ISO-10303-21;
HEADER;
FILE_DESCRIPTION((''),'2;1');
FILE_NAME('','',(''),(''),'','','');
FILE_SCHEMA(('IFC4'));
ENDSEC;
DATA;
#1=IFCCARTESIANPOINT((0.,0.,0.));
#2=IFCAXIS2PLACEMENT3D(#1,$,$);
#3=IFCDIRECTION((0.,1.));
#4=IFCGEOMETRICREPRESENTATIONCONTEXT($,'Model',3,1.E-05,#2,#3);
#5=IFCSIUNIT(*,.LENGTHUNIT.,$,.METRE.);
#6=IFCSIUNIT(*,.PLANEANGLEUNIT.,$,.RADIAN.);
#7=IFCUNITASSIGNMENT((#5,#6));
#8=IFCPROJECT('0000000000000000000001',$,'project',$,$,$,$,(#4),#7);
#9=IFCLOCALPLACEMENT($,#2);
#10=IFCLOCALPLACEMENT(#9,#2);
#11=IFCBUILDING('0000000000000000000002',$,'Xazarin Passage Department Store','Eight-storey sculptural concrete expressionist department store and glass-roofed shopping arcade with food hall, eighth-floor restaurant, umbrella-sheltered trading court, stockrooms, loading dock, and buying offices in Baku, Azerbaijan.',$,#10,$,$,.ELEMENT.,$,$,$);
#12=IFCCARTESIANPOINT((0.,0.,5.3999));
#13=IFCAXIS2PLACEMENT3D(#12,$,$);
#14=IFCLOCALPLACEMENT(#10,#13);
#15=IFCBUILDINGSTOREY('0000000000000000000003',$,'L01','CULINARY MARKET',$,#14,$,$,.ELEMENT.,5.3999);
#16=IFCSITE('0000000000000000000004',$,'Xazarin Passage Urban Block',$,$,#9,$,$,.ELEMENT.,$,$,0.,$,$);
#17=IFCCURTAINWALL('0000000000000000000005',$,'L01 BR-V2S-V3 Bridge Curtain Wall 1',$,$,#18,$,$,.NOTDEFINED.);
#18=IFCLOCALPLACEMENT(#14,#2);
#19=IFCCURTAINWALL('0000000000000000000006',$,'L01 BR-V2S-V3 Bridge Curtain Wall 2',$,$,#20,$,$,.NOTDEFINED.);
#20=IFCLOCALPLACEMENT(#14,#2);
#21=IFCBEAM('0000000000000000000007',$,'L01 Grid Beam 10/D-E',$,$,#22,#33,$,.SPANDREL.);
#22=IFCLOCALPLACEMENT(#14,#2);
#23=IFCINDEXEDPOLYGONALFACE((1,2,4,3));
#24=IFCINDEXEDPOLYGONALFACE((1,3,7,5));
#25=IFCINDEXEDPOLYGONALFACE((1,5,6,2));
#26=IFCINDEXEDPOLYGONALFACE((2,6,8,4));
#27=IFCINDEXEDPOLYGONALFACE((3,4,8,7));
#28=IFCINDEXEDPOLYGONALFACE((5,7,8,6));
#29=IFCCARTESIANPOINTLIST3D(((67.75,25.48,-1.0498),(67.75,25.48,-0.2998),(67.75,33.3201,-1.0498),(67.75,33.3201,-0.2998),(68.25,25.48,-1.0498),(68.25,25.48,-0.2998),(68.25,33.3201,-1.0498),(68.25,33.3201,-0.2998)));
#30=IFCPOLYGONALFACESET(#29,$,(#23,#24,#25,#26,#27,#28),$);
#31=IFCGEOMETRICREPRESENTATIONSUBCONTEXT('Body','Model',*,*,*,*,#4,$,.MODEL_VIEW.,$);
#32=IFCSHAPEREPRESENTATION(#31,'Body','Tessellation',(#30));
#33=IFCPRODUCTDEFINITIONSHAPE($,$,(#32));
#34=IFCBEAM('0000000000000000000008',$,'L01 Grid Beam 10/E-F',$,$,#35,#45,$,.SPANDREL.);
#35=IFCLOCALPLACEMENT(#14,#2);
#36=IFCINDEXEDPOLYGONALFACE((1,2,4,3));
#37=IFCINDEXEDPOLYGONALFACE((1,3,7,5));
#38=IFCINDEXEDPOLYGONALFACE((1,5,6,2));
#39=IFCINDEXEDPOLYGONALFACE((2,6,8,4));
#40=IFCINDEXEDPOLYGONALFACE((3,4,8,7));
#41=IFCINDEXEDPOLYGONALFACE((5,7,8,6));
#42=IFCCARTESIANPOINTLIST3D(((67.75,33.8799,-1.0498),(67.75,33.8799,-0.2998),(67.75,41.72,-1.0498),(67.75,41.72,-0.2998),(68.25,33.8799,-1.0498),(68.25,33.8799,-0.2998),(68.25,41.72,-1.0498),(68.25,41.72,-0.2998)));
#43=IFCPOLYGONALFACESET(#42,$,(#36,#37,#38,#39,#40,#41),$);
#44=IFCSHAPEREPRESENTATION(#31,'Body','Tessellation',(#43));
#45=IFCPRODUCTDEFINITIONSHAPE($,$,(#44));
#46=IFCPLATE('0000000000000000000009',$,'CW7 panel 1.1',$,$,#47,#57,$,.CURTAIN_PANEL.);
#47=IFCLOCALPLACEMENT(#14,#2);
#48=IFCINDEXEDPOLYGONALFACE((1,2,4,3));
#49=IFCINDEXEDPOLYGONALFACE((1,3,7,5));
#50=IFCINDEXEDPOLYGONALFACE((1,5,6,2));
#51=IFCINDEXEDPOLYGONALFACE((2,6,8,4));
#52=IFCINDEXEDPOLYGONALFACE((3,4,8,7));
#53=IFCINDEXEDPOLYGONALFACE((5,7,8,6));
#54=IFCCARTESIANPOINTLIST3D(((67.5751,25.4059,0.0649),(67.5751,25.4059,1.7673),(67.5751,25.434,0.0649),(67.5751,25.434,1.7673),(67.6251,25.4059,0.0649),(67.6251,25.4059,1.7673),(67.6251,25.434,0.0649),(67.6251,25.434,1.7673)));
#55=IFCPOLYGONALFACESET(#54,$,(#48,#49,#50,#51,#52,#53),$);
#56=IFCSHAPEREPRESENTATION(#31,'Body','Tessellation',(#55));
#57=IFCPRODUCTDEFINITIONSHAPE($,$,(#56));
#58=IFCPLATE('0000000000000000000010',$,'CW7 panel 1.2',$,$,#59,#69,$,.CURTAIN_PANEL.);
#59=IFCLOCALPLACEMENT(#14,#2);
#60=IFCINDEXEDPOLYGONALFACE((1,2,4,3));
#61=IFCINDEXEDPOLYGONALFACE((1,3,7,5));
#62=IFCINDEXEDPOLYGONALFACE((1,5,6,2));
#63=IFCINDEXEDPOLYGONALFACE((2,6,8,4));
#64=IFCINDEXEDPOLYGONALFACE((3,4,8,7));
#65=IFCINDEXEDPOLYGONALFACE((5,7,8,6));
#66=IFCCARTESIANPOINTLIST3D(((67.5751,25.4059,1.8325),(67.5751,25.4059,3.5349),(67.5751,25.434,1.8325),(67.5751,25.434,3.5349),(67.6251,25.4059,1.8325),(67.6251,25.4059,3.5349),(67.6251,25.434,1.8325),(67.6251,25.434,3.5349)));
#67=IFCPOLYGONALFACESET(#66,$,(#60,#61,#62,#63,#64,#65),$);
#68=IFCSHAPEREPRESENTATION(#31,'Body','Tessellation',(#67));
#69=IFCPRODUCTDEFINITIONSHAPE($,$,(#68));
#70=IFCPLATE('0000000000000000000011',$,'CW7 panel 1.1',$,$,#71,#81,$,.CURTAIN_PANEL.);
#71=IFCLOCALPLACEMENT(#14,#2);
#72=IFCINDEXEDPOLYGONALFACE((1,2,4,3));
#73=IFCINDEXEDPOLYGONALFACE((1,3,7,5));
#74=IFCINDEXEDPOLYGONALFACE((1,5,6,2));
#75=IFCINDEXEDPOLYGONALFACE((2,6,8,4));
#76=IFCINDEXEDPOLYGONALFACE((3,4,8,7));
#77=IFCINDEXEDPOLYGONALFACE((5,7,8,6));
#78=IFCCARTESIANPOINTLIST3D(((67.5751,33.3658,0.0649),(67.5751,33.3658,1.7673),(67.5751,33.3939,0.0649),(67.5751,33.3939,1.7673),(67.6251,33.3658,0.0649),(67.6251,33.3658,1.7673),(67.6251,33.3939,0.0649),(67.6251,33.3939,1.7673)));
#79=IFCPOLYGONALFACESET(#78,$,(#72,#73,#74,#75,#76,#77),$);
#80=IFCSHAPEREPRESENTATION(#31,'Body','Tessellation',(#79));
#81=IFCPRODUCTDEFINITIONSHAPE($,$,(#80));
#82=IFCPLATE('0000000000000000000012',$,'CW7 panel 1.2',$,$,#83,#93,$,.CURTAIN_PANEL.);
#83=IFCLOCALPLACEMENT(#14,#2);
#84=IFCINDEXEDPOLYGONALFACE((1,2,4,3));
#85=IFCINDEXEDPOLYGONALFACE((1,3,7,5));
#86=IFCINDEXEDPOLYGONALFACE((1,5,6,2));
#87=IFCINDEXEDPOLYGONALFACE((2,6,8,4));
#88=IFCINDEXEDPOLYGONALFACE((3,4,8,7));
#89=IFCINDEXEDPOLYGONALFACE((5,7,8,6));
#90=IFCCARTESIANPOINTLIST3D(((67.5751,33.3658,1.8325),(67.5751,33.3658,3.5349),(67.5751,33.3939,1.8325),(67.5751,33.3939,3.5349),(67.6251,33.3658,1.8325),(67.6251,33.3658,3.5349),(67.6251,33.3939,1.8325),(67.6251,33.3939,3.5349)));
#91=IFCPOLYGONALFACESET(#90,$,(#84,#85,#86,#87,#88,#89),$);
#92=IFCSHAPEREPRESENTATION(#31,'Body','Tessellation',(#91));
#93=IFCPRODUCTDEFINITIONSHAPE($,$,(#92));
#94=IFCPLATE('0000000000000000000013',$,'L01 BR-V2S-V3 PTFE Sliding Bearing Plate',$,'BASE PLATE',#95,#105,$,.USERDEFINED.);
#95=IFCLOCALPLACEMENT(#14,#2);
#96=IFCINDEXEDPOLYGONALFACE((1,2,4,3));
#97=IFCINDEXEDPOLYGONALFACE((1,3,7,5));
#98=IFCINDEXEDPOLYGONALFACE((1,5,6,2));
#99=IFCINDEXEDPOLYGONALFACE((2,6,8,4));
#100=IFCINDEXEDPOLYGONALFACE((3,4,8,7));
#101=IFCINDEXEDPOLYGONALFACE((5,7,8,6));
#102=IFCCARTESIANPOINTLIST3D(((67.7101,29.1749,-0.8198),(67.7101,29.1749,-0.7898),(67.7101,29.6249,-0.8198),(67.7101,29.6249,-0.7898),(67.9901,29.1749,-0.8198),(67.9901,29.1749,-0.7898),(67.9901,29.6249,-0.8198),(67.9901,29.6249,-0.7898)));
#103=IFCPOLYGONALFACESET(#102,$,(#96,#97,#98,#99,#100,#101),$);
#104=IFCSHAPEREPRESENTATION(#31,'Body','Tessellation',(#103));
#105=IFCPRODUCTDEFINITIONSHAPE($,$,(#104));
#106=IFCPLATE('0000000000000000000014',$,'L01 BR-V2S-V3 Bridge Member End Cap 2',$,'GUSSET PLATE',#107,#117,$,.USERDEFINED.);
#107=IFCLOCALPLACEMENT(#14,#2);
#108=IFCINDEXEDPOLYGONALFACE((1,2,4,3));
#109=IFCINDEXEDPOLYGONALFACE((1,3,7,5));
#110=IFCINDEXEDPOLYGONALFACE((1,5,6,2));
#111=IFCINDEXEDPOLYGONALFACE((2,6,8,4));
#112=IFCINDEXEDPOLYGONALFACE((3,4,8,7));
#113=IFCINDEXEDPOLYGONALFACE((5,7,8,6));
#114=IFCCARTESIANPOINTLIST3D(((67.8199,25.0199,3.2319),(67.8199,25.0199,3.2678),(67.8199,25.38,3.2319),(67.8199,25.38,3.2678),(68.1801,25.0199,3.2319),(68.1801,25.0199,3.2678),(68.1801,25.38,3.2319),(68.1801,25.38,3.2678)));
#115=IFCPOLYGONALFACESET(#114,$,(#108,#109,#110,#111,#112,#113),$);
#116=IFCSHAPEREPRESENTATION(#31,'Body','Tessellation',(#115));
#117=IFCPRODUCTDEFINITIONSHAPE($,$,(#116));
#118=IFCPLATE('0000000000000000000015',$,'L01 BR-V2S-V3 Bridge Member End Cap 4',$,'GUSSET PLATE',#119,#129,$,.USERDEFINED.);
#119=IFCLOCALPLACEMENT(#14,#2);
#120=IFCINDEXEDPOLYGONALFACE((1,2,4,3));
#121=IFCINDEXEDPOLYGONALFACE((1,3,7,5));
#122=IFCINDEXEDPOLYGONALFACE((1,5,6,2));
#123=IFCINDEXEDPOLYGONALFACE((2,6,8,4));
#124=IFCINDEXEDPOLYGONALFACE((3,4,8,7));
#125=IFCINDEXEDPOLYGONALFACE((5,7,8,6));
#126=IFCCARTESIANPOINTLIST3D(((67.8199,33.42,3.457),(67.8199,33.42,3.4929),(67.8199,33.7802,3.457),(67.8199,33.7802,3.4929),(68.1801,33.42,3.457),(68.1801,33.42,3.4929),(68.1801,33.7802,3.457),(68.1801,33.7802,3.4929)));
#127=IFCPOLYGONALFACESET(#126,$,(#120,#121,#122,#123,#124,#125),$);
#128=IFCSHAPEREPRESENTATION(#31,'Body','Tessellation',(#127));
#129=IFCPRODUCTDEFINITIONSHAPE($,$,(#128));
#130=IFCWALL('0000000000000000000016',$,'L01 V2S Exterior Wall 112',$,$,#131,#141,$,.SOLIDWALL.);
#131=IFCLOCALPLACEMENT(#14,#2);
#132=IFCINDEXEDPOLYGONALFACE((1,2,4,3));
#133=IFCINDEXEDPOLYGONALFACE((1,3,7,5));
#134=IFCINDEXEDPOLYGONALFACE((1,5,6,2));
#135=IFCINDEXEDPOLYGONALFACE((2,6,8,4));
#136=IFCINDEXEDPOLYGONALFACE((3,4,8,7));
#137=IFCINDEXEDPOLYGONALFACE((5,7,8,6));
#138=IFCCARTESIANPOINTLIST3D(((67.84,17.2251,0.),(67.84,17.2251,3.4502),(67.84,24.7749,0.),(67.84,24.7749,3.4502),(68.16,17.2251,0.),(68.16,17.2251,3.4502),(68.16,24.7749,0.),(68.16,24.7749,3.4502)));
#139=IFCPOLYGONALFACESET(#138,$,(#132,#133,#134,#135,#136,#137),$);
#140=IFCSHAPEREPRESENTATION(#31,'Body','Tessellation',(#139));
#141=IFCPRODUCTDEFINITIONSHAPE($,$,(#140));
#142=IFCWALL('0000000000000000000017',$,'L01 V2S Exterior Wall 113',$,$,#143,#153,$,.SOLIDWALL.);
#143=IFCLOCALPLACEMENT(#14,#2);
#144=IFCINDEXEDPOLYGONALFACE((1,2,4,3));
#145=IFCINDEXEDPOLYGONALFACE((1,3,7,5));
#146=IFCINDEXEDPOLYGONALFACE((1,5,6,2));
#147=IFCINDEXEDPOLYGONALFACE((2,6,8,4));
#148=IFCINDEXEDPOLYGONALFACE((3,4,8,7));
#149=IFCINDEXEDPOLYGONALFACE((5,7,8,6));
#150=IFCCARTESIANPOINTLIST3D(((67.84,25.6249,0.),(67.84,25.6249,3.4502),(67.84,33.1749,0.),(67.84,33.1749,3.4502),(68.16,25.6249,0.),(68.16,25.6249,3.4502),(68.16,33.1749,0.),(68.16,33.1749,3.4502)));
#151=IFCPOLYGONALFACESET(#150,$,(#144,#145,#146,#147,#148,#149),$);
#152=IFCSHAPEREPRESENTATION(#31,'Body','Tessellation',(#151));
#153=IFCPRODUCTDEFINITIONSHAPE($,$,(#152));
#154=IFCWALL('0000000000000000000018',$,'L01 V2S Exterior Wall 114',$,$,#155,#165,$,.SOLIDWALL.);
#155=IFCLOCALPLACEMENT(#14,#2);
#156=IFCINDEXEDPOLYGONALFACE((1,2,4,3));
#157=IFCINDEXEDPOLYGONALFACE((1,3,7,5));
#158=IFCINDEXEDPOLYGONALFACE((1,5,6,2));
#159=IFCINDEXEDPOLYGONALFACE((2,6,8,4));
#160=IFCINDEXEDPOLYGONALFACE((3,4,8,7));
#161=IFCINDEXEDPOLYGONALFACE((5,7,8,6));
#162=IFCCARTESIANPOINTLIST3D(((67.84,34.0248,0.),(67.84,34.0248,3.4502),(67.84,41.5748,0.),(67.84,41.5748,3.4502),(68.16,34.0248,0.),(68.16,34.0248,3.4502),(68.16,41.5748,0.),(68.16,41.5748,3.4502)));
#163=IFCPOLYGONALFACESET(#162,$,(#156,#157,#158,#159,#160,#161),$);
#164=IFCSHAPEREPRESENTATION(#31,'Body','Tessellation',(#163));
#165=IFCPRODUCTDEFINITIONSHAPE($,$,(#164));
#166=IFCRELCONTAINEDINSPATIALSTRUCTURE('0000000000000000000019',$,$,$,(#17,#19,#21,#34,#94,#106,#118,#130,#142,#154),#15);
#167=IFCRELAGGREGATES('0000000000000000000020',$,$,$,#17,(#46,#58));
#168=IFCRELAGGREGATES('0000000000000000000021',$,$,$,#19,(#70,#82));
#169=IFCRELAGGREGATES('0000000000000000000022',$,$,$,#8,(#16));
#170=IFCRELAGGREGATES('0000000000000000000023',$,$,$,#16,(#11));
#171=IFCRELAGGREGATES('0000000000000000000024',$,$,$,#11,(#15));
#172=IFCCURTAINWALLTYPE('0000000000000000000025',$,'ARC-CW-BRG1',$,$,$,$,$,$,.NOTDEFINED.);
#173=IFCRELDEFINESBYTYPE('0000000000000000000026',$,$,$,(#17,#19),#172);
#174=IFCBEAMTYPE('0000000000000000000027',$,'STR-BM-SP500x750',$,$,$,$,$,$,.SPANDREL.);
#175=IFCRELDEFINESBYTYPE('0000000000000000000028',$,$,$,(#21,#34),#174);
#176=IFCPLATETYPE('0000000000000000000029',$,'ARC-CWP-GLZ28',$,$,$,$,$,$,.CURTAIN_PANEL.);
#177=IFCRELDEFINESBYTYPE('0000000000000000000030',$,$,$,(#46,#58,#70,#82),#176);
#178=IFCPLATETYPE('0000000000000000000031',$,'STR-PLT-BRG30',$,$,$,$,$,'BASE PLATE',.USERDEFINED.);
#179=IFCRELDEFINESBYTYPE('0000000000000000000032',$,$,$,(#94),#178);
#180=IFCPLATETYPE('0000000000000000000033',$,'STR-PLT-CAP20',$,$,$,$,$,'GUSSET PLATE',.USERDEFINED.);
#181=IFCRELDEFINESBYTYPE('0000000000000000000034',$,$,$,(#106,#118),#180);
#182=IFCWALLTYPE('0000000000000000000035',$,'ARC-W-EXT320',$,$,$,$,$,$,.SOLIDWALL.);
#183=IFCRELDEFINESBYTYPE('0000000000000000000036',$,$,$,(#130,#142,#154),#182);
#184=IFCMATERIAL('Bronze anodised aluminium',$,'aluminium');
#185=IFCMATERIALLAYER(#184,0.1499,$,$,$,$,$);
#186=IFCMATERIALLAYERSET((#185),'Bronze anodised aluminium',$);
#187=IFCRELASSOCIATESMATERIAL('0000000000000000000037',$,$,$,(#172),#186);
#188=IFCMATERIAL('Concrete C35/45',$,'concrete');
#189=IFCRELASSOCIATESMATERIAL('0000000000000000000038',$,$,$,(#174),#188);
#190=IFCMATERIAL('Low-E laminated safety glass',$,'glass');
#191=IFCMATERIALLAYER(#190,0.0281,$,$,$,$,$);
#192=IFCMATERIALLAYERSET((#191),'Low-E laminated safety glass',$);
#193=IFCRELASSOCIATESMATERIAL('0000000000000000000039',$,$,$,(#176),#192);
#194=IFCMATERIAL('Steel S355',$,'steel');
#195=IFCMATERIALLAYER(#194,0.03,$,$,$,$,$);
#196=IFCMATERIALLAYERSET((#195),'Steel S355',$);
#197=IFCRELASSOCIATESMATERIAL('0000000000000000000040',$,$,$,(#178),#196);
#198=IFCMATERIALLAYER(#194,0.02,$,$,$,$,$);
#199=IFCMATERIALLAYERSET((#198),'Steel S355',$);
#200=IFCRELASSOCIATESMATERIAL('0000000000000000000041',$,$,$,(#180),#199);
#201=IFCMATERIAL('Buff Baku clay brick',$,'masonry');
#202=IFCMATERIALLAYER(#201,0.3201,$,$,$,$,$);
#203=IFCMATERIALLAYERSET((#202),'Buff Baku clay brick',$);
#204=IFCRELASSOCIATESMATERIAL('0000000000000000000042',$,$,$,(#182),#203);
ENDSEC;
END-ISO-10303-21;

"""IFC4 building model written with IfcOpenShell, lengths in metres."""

from ifc_helpers import new_model, si_unit, direction, frame, frame_2d, origin, origin_2d, place, context, subcontext, project, spatial, rectangle, extrude, material, layer, layer_set, material_profile, profile_set, type_object, element, aggregate, save


model = new_model("IFC4")

# Units and contexts
model_context = context("Model", 3, precision=1e-05, world=origin(), true_north=direction((0.0, 1.0)))
body_context = subcontext(model_context, "Body", "Model", "MODEL_VIEW")
ifc_project = project(units=[si_unit("LENGTHUNIT", "METRE"), si_unit("PLANEANGLEUNIT", "RADIAN")], contexts=[model_context])

# Site, building, storey
site_placement = place(None, origin())
site = spatial("IfcSite", under=ifc_project, at=site_placement, Name="Xazarin Passage Urban Block", CompositionType="ELEMENT", RefElevation=0.0)
building_placement = place(site_placement, origin())
building = spatial("IfcBuilding", under=site, at=building_placement, Name="Xazarin Passage Department Store", Description="Eight-storey sculptural concrete expressionist department store and glass-roofed shopping arcade with food hall, eighth-floor restaurant, umbrella-sheltered trading court, stockrooms, loading dock, and buying offices in Baku, Azerbaijan.", CompositionType="ELEMENT")
storey_placement = place(building_placement, frame((0.0, 0.0, 5.3999)))
storey = spatial("IfcBuildingStorey", under=building, at=storey_placement, Name="L01", Description="CULINARY MARKET", CompositionType="ELEMENT", Elevation=5.3999)

# Curtain wall
ifc_material_1 = material(Name="Bronze anodised aluminium", Category="aluminium")
ifc_layer_1 = layer(ifc_material_1, 0.1499)
ifc_layer_set_1 = layer_set([ifc_layer_1], Name="Bronze anodised aluminium")
curtain_wall_type = type_object("IfcCurtainWallType", Name="ARC-CW-BRG1", PredefinedType="NOTDEFINED", material=ifc_layer_set_1)
curtain_wall_1_placement = place(storey_placement, origin())
curtain_wall_1 = element("IfcCurtainWall", 1, at=curtain_wall_1_placement, inside=storey, type_object=curtain_wall_type, Name="L01 BR-V2S-V3 Bridge Curtain Wall 1", PredefinedType="NOTDEFINED")

# Curtain wall
curtain_wall_2_placement = place(storey_placement, origin())
curtain_wall_2 = element("IfcCurtainWall", 2, at=curtain_wall_2_placement, inside=storey, type_object=curtain_wall_type, Name="L01 BR-V2S-V3 Bridge Curtain Wall 2", PredefinedType="NOTDEFINED")

# Beams
ifc_material_2 = material(Name="Steel S355", Category="steel")
ifc_material_3 = material(Name="Concrete C35/45", Category="concrete")
ifc_material_profile_1 = material_profile(ifc_material_3, rectangle(XDim=0.5, YDim=0.75, at=origin_2d()), Name="RC 500x750")
ifc_profile_set_1 = profile_set([ifc_material_profile_1], Name="Concrete C35/45")
beam_type_1 = type_object("IfcBeamType", Name="STR-BM-SP500x750", PredefinedType="SPANDREL", material=ifc_profile_set_1)
for number, where, z_axis, x_axis, name in (
    (3, (68.0, 25.48, -0.6748), (0.0, 1.0, 0.0), (-1.0, 0.0, 0.0), "L01 Grid Beam 10/D-E"),
    (4, (68.0, 33.8799, -0.6748), (0.0, 1.0, 0.0), (-1.0, 0.0, 0.0), "L01 Grid Beam 10/E-F"),
):
    element("IfcBeam", number, at=place(storey_placement, frame(where, z_axis=z_axis, x_axis=x_axis)), inside=storey, type_object=beam_type_1, Name=name, PredefinedType="SPANDREL", context=body_context, shape_type="SweptSolid", body=[
        extrude(rectangle(XDim=0.5, YDim=0.75, at=origin_2d()), origin(), (0.0, 0.0, 1.0), 7.8401),
    ])

# Plates
ifc_material_4 = material(Name="Low-E laminated safety glass", Category="glass")
ifc_layer_2 = layer(ifc_material_4, 0.0281)
ifc_layer_set_2 = layer_set([ifc_layer_2], Name="Low-E laminated safety glass")
plate_type_1 = type_object("IfcPlateType", Name="ARC-CWP-GLZ28", PredefinedType="CURTAIN_PANEL", material=ifc_layer_set_2)
plate_1_placement = place(storey_placement, frame((67.6001, 25.4199, 0.0649), z_axis=(0.0, 0.0, 1.0), x_axis=(1.0, 0.0, 0.0)))
plate_1 = element("IfcPlate", 5, at=plate_1_placement, type_object=plate_type_1, Name="CW7 panel 1.1", PredefinedType="CURTAIN_PANEL", context=body_context, shape_type="SweptSolid", body=[
    extrude(rectangle(XDim=0.05, YDim=0.0281, at=origin_2d()), origin(), (0.0, 0.0, 1.0), 1.7024),
])
plate_2_placement = place(storey_placement, frame((67.6001, 25.4199, 1.8325), z_axis=(0.0, 0.0, 1.0), x_axis=(1.0, 0.0, 0.0)))
plate_2 = element("IfcPlate", 6, at=plate_2_placement, type_object=plate_type_1, Name="CW7 panel 1.2", PredefinedType="CURTAIN_PANEL", context=body_context, shape_type="SweptSolid", body=[
    extrude(rectangle(XDim=0.05, YDim=0.0281, at=origin_2d()), origin(), (0.0, 0.0, 1.0), 1.7024),
])
aggregate(curtain_wall_1, [plate_1, plate_2])
plate_3_placement = place(storey_placement, frame((67.6001, 33.3799, 0.0649), z_axis=(0.0, 0.0, 1.0), x_axis=(1.0, 0.0, 0.0)))
plate_3 = element("IfcPlate", 7, at=plate_3_placement, type_object=plate_type_1, Name="CW7 panel 1.1", PredefinedType="CURTAIN_PANEL", context=body_context, shape_type="SweptSolid", body=[
    extrude(rectangle(XDim=0.05, YDim=0.0281, at=origin_2d()), origin(), (0.0, 0.0, 1.0), 1.7024),
])
plate_4_placement = place(storey_placement, frame((67.6001, 33.3799, 1.8325), z_axis=(0.0, 0.0, 1.0), x_axis=(1.0, 0.0, 0.0)))
plate_4 = element("IfcPlate", 8, at=plate_4_placement, type_object=plate_type_1, Name="CW7 panel 1.2", PredefinedType="CURTAIN_PANEL", context=body_context, shape_type="SweptSolid", body=[
    extrude(rectangle(XDim=0.05, YDim=0.0281, at=origin_2d()), origin(), (0.0, 0.0, 1.0), 1.7024),
])
aggregate(curtain_wall_2, [plate_3, plate_4])

# Plates
ifc_layer_3 = layer(ifc_material_2, 0.03)
ifc_layer_set_3 = layer_set([ifc_layer_3], Name="Steel S355")
plate_type_2 = type_object("IfcPlateType", Name="STR-PLT-BRG30", ElementType="BASE PLATE", PredefinedType="USERDEFINED", material=ifc_layer_set_3)
plate_5_placement = place(storey_placement, frame((67.8501, 29.3999, -0.8198), z_axis=(0.0, 0.0, 1.0), x_axis=(1.0, 0.0, 0.0)))
element("IfcPlate", 9, at=plate_5_placement, inside=storey, type_object=plate_type_2, Name="L01 BR-V2S-V3 PTFE Sliding Bearing Plate", ObjectType="BASE PLATE", PredefinedType="USERDEFINED", context=body_context, shape_type="SweptSolid", body=[
    extrude(rectangle(XDim=0.28, YDim=0.45, at=origin_2d()), origin(), (0.0, 0.0, 1.0), 0.03),
])
ifc_layer_4 = layer(ifc_material_2, 0.02)
ifc_layer_set_4 = layer_set([ifc_layer_4], Name="Steel S355")
plate_type_3 = type_object("IfcPlateType", Name="STR-PLT-CAP20", ElementType="GUSSET PLATE", PredefinedType="USERDEFINED", material=ifc_layer_set_4)
for number, where, z_axis, x_axis, name in (
    (10, (68.0, 25.2, 3.2319), (0.0, 0.0, 1.0), (1.0, 0.0, 0.0), "L01 BR-V2S-V3 Bridge Member End Cap 2"),
    (11, (68.0, 33.6001, 3.457), (0.0, 0.0, 1.0), (1.0, 0.0, 0.0), "L01 BR-V2S-V3 Bridge Member End Cap 4"),
):
    element("IfcPlate", number, at=place(storey_placement, frame(where, z_axis=z_axis, x_axis=x_axis)), inside=storey, type_object=plate_type_3, Name=name, ObjectType="GUSSET PLATE", PredefinedType="USERDEFINED", context=body_context, shape_type="SweptSolid", body=[
        extrude(rectangle(XDim=0.3601, YDim=0.3601, at=origin_2d()), origin(), (0.0, 0.0, 1.0), 0.0359),
    ])

# Walls
ifc_material_5 = material(Name="Buff Baku clay brick", Category="masonry")
ifc_layer_5 = layer(ifc_material_5, 0.3201)
ifc_layer_set_5 = layer_set([ifc_layer_5], Name="Buff Baku clay brick")
wall_type = type_object("IfcWallType", Name="ARC-W-EXT320", PredefinedType="SOLIDWALL", material=ifc_layer_set_5)
wall_placement = place(storey_placement, frame((68.0, 17.2251, 0.0), z_axis=(0.0, 0.0, 1.0), x_axis=(0.0, 1.0, 0.0)))
element("IfcWall", 12, at=wall_placement, inside=storey, type_object=wall_type, Name="L01 V2S Exterior Wall 112", PredefinedType="SOLIDWALL", context=body_context, shape_type="SweptSolid", body=[
    extrude(rectangle(XDim=7.5498, YDim=0.3201, at=frame_2d((3.7749, 0.0))), origin(), (0.0, 0.0, 1.0), 3.4502),
])
for number, where, z_axis, x_axis, name in (
    (13, (68.0, 25.625, 0.0), (0.0, 0.0, 1.0), (0.0, 1.0, 0.0), "L01 V2S Exterior Wall 113"),
    (14, (68.0, 34.0249, 0.0), (0.0, 0.0, 1.0), (0.0, 1.0, 0.0), "L01 V2S Exterior Wall 114"),
):
    element("IfcWall", number, at=place(storey_placement, frame(where, z_axis=z_axis, x_axis=x_axis)), inside=storey, type_object=wall_type, Name=name, PredefinedType="SOLIDWALL", context=body_context, shape_type="SweptSolid", body=[
        extrude(rectangle(XDim=7.55, YDim=0.3201, at=frame_2d((3.7749, 0.0))), origin(), (0.0, 0.0, 1.0), 3.4502),
    ])

save(model, "model.ifc")
